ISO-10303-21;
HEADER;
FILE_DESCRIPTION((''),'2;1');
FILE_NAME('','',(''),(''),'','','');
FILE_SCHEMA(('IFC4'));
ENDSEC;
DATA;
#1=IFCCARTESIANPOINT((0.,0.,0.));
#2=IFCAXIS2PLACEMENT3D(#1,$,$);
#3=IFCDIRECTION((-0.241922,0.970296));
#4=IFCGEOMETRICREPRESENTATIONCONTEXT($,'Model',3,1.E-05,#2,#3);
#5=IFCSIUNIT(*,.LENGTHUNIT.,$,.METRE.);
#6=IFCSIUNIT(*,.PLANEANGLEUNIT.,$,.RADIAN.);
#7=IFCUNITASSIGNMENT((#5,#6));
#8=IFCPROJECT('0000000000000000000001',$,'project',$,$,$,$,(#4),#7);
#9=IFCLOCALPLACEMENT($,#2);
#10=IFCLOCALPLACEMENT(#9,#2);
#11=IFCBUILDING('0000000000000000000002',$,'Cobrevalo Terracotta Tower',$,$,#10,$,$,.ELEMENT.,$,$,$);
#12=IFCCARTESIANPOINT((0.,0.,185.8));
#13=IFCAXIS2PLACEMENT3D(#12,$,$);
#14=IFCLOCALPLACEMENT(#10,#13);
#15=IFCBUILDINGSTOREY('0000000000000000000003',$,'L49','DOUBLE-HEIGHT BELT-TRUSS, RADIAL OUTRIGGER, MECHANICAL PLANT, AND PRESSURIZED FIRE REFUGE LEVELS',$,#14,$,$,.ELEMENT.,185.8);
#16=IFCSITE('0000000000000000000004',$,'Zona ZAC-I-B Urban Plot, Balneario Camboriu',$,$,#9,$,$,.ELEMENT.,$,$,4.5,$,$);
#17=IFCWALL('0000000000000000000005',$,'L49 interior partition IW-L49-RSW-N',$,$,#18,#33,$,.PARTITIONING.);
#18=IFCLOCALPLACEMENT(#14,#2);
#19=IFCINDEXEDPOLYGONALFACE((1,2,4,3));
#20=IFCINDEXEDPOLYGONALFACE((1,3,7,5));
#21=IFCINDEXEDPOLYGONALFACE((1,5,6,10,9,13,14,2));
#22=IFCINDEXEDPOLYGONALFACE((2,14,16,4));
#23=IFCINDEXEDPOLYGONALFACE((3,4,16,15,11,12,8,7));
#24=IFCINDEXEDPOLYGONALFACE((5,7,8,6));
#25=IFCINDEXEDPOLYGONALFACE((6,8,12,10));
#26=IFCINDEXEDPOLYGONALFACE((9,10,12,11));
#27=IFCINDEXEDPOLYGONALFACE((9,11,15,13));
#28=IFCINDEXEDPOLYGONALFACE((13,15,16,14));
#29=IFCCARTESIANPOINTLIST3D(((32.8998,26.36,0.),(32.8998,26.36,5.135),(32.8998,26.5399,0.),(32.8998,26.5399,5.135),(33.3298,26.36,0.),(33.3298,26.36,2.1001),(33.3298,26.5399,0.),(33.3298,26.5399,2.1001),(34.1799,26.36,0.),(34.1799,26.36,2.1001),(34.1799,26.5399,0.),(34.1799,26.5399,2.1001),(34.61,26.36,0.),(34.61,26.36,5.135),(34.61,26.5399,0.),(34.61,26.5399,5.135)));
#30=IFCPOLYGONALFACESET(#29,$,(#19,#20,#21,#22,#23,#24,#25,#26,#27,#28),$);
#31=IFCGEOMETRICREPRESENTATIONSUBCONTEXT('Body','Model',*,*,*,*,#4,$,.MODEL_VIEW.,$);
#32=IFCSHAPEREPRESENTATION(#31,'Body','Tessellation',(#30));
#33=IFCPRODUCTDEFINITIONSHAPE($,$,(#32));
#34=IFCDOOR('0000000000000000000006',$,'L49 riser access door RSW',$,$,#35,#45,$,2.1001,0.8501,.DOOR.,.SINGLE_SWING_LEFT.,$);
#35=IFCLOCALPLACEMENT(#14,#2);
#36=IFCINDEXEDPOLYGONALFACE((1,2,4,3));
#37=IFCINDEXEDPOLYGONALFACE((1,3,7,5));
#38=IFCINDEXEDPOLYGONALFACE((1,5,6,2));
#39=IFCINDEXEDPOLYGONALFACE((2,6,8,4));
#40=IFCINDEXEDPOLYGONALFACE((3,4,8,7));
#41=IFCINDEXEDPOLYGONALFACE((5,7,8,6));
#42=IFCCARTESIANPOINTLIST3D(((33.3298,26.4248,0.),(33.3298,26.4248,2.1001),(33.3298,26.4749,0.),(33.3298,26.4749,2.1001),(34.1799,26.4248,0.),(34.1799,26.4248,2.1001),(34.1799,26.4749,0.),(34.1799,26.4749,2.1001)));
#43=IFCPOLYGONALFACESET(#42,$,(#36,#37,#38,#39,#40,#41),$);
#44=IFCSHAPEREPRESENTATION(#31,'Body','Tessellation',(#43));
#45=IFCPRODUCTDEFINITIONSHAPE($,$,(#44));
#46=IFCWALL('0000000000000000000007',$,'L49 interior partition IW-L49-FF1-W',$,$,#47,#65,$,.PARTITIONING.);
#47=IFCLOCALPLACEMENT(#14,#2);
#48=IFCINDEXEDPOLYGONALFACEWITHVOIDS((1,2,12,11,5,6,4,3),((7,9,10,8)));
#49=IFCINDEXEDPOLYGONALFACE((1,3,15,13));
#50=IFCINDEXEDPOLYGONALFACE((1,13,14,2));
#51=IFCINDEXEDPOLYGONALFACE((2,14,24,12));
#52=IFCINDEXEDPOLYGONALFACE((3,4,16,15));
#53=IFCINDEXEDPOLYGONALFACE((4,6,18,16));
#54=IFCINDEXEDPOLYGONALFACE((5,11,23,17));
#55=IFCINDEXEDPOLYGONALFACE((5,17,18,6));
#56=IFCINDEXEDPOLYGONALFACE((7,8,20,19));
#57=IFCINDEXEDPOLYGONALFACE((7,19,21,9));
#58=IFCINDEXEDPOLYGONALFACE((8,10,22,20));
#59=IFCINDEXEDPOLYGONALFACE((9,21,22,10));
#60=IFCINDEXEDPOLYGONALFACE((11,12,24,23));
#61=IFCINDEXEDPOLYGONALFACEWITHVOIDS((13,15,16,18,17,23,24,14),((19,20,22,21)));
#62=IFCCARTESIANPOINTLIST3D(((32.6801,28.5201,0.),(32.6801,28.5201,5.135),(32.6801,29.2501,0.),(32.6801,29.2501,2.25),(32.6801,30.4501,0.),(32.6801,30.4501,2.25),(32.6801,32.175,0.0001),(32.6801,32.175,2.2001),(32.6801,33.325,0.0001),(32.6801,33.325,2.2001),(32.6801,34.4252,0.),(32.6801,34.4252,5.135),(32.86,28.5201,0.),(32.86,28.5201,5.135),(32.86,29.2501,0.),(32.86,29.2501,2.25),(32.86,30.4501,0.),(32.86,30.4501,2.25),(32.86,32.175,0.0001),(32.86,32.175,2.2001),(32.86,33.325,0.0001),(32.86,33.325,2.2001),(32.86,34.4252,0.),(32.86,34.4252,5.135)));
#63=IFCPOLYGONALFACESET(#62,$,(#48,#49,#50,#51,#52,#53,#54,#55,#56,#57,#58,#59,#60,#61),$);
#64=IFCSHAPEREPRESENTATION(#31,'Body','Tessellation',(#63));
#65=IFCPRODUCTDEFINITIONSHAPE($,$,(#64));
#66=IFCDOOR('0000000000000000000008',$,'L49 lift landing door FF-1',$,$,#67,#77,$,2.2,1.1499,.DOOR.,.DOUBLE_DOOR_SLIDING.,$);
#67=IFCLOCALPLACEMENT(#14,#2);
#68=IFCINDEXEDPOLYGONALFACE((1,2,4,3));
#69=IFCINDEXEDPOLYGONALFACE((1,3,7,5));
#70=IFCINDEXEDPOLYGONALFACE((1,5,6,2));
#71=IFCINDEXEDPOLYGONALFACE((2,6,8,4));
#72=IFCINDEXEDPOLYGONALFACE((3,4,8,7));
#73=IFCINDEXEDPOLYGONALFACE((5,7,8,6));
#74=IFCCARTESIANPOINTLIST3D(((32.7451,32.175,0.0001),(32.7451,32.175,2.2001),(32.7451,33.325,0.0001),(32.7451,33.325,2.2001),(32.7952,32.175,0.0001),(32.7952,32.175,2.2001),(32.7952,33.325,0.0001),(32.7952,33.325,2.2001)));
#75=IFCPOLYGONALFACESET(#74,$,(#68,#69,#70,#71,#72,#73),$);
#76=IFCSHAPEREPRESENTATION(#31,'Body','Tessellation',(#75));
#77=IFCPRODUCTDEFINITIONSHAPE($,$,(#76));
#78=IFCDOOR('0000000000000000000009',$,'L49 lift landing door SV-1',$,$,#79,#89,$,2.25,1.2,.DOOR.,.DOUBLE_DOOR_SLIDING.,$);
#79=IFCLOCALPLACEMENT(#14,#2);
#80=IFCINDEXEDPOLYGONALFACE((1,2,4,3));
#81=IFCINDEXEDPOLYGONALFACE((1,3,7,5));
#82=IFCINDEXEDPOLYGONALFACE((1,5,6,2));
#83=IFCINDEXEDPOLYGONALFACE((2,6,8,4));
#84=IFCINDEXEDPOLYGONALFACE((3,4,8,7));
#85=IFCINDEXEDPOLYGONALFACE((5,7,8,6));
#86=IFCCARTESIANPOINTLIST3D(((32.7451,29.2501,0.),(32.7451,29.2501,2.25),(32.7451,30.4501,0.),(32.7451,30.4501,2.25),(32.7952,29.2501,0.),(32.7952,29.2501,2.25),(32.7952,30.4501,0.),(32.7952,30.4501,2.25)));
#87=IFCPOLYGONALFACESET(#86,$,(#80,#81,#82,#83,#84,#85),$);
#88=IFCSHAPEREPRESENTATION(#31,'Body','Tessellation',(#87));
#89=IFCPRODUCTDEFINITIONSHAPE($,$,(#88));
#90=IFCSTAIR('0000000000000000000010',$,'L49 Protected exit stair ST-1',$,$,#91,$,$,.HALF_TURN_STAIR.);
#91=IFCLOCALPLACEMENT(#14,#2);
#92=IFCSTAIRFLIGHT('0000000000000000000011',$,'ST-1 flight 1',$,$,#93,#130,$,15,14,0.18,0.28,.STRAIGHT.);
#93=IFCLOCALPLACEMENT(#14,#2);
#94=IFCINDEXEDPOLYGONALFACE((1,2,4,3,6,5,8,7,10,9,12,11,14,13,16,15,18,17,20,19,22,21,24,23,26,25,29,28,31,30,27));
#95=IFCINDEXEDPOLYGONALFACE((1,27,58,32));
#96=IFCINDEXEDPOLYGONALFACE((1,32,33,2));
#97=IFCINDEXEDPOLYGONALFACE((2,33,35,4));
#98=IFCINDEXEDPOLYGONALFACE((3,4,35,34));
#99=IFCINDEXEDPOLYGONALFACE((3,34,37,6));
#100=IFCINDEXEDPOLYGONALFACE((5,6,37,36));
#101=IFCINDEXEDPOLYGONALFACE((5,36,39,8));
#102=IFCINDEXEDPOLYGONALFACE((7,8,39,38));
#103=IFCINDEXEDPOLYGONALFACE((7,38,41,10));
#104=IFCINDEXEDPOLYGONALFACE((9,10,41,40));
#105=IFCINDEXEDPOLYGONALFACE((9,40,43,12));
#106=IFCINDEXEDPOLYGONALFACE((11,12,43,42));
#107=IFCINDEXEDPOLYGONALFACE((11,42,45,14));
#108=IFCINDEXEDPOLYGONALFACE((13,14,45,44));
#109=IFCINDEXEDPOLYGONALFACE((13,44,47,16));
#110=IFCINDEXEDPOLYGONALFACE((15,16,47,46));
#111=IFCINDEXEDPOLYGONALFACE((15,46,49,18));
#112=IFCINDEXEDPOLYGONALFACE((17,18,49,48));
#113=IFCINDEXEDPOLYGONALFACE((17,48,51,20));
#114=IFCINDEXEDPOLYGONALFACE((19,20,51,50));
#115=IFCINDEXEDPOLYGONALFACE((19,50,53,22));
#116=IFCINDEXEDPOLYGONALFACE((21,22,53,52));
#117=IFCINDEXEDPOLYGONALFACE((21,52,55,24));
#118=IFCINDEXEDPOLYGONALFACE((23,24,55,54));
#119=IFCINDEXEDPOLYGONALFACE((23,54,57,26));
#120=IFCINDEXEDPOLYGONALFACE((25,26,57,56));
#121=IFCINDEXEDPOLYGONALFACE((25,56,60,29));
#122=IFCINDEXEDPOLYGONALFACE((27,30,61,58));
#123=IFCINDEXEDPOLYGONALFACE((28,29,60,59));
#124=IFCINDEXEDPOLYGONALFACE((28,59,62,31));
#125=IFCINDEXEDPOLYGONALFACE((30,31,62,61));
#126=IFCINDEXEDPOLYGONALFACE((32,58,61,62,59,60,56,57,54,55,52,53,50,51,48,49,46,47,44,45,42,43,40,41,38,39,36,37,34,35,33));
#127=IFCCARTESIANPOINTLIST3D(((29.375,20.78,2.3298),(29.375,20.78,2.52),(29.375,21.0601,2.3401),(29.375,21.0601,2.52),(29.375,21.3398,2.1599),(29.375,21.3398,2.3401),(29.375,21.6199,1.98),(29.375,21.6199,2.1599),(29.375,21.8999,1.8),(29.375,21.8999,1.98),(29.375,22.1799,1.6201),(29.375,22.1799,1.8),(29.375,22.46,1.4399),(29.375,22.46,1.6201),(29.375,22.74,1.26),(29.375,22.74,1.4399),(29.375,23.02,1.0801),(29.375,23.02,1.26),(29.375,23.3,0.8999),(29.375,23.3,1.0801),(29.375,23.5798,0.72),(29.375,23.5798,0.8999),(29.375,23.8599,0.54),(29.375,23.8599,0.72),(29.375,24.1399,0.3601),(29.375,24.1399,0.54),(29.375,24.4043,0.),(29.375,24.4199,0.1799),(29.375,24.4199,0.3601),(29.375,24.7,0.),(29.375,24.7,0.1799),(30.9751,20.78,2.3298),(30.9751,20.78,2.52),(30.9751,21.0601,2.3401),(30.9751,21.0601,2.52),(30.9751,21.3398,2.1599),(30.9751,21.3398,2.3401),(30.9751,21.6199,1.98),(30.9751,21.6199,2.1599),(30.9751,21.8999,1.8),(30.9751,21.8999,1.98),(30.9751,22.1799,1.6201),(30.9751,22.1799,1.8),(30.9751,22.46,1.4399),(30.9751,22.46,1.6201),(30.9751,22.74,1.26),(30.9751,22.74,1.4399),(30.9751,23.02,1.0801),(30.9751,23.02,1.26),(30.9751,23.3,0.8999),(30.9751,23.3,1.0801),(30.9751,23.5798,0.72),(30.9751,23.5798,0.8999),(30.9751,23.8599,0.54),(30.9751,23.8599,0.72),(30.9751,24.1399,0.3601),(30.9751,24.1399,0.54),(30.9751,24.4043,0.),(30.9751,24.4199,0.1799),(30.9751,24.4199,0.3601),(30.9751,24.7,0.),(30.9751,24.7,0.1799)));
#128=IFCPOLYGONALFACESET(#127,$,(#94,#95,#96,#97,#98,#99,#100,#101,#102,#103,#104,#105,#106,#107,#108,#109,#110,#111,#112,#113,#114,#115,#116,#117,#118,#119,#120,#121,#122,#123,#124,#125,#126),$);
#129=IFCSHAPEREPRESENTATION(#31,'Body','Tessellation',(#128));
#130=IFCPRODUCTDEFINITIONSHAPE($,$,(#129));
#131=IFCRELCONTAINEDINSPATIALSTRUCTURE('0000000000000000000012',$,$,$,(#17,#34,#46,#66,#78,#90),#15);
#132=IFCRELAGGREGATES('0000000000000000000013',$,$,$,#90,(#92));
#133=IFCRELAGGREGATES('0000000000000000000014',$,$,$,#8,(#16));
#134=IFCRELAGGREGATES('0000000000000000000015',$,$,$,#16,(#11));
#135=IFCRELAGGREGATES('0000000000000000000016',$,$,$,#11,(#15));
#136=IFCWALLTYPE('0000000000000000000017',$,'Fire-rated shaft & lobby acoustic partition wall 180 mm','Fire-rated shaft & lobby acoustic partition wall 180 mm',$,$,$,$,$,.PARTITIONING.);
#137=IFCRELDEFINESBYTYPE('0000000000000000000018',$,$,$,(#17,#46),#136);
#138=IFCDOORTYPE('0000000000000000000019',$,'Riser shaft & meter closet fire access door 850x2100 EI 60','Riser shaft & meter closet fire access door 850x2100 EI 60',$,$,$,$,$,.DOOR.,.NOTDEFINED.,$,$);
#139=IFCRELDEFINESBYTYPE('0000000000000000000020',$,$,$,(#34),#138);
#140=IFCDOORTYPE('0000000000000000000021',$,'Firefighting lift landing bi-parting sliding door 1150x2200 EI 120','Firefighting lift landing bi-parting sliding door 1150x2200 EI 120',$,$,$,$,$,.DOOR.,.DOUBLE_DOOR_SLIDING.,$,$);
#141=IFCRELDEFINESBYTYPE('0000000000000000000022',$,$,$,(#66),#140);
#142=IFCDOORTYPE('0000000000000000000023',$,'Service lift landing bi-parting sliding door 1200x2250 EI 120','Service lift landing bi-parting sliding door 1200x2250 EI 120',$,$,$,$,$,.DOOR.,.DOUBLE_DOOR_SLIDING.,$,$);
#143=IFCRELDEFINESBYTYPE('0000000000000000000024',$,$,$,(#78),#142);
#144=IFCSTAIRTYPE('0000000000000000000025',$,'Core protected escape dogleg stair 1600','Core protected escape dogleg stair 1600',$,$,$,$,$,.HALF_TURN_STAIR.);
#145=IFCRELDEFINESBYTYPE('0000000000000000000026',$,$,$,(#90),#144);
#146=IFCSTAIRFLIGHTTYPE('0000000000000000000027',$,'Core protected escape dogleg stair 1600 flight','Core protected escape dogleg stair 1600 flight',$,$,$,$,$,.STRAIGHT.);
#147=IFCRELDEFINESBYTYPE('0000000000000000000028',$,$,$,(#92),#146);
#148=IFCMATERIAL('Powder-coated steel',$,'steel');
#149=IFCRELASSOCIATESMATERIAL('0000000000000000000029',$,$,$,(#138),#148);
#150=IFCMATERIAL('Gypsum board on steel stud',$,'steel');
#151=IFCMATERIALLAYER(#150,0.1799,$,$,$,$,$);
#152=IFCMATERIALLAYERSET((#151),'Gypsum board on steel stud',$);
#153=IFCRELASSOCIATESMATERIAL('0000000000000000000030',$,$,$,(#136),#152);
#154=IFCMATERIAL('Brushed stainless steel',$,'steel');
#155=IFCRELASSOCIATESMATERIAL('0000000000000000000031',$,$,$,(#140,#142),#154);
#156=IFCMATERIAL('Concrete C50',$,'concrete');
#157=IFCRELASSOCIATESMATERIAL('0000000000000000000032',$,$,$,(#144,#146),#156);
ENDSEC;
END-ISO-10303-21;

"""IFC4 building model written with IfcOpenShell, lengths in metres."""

from ifc_helpers import new_model, si_unit, direction, frame, frame_2d, origin, place, context, subcontext, project, spatial, polyline, rectangle, outline, extrude, source, transform, mapped, material, layer, layer_set, type_object, element, fill, aggregate, save


model = new_model("IFC4")

# Units and contexts
model_context = context("Model", 3, precision=1e-05, world=origin(), true_north=direction((-0.241922, 0.970296)))
body_context = subcontext(model_context, "Body", "Model", "MODEL_VIEW")
ifc_project = project(units=[si_unit("LENGTHUNIT", "METRE"), si_unit("PLANEANGLEUNIT", "RADIAN")], contexts=[model_context])

# Site, building, storey
site_placement = place(None, origin())
site = spatial("IfcSite", under=ifc_project, at=site_placement, Name="Zona ZAC-I-B Urban Plot, Balneario Camboriu", CompositionType="ELEMENT", RefElevation=4.5)
building_placement = place(site_placement, origin())
building = spatial("IfcBuilding", under=site, at=building_placement, Name="Cobrevalo Terracotta Tower", CompositionType="ELEMENT")
storey_placement = place(building_placement, frame((0.0, 0.0, 185.8)))
storey = spatial("IfcBuildingStorey", under=building, at=storey_placement, Name="L49", Description="DOUBLE-HEIGHT BELT-TRUSS, RADIAL OUTRIGGER, MECHANICAL PLANT, AND PRESSURIZED FIRE REFUGE LEVELS", CompositionType="ELEMENT", Elevation=185.8)

# Shared definitions
ifc_material_1 = material(Name="Gypsum board on steel stud", Category="steel")

# Shared definitions
ifc_material_2 = material(Name="Powder-coated steel", Category="steel")
door_type_1 = type_object("IfcDoorType", Name="Riser shaft & meter closet fire access door 850x2100 EI 60", Description="Riser shaft & meter closet fire access door 850x2100 EI 60", OperationType="NOTDEFINED", PredefinedType="DOOR", material=ifc_material_2)
shared_shape_1 = source(origin(), body_context, "Body", "SweptSolid", [
    extrude(rectangle(XDim=0.8501, YDim=2.1001, at=frame_2d((0.425, 1.05))), frame((0.0, 0.0249, 0.0), z_axis=(0.0, -1.0, 0.0), x_axis=(1.0, 0.0, 0.0)), (0.0, 0.0, 1.0), 0.05),
])

# Shared definitions
ifc_material_3 = material(Name="Brushed stainless steel", Category="steel")

# Wall, opening, door
ifc_layer_1 = layer(ifc_material_1, 0.1799)
ifc_layer_set_1 = layer_set([ifc_layer_1], Name="Gypsum board on steel stud")
wall_type_1 = type_object("IfcWallType", Name="Fire-rated shaft & lobby acoustic partition wall 180 mm", Description="Fire-rated shaft & lobby acoustic partition wall 180 mm", PredefinedType="PARTITIONING", material=ifc_layer_set_1)
wall_1_placement = place(storey_placement, frame((32.8999, 26.45, 0.0), z_axis=(0.0, 0.0, 1.0), x_axis=(1.0, 0.0, 0.0)))
wall_1 = element("IfcWall", 1, at=wall_1_placement, inside=storey, type_object=wall_type_1, Name="L49 interior partition IW-L49-RSW-N", PredefinedType="PARTITIONING", context=body_context, shape_type="SweptSolid", body=[
    extrude(rectangle(XDim=1.7102, YDim=0.1799, at=frame_2d((0.855, 0.0))), origin(), (0.0, 0.0, 1.0), 5.135),
])
opening_1_placement = place(wall_1_placement, frame((0.4299, 0.0, 0.0)))
opening_1 = element("IfcOpeningElement", 2, at=opening_1_placement, cuts=wall_1, PredefinedType="OPENING", context=body_context, shape_type="SweptSolid", body=[
    extrude(rectangle(XDim=0.8501, YDim=2.1001, at=frame_2d((0.425, 1.05))), frame((0.0, 0.1001, 0.0), z_axis=(0.0, -1.0, 0.0), x_axis=(1.0, 0.0, 0.0)), (0.0, 0.0, 1.0), 0.2),
])
door_1_placement = place(opening_1_placement, origin())
door_1 = element("IfcDoor", 3, at=door_1_placement, inside=storey, type_object=door_type_1, Name="L49 riser access door RSW", OperationType="SINGLE_SWING_LEFT", OverallHeight=2.1001, OverallWidth=0.8501, PredefinedType="DOOR", context=body_context, shape_type="MappedRepresentation", body=[
    mapped(shared_shape_1, transform((0.0, 0.0, 0.0), scale=1.0)),
])
fill(opening_1, door_1)

# Wall, openings, doors
wall_2_placement = place(storey_placement, frame((32.77, 28.52, 0.0), z_axis=(0.0, 0.0, 1.0), x_axis=(0.0, 1.0, 0.0)))
wall_2 = element("IfcWall", 4, at=wall_2_placement, inside=storey, type_object=wall_type_1, Name="L49 interior partition IW-L49-FF1-W", PredefinedType="PARTITIONING", context=body_context, shape_type="SweptSolid", body=[
    extrude(rectangle(XDim=5.905, YDim=0.1799, at=frame_2d((2.9526, 0.0))), origin(), (0.0, 0.0, 1.0), 5.135),
])
opening_2_placement = place(wall_2_placement, frame((3.655, 0.0, 0.0)))
opening_2 = element("IfcOpeningElement", 5, at=opening_2_placement, cuts=wall_2, PredefinedType="OPENING", context=body_context, shape_type="SweptSolid", body=[
    extrude(rectangle(XDim=1.1499, YDim=2.2, at=frame_2d((0.575, 1.1001))), frame((0.0, 0.1001, 0.0), z_axis=(0.0, -1.0, 0.0), x_axis=(1.0, 0.0, 0.0)), (0.0, 0.0, 1.0), 0.2),
])
opening_3_placement = place(wall_2_placement, frame((0.73, 0.0, 0.0)))
opening_3 = element("IfcOpeningElement", 6, at=opening_3_placement, cuts=wall_2, PredefinedType="OPENING", context=body_context, shape_type="SweptSolid", body=[
    extrude(rectangle(XDim=1.2, YDim=2.25, at=frame_2d((0.6001, 1.125))), frame((0.0, 0.1001, 0.0), z_axis=(0.0, -1.0, 0.0), x_axis=(1.0, 0.0, 0.0)), (0.0, 0.0, 1.0), 0.2),
])
door_type_2 = type_object("IfcDoorType", Name="Firefighting lift landing bi-parting sliding door 1150x2200 EI 120", Description="Firefighting lift landing bi-parting sliding door 1150x2200 EI 120", OperationType="DOUBLE_DOOR_SLIDING", PredefinedType="DOOR", material=ifc_material_3)
shared_shape_2 = source(origin(), body_context, "Body", "SweptSolid", [
    extrude(rectangle(XDim=1.1499, YDim=2.2, at=frame_2d((0.575, 1.1001))), frame((0.0, 0.0249, 0.0), z_axis=(0.0, -1.0, 0.0), x_axis=(1.0, 0.0, 0.0)), (0.0, 0.0, 1.0), 0.05),
])
door_2_placement = place(opening_2_placement, origin())
door_2 = element("IfcDoor", 7, at=door_2_placement, inside=storey, type_object=door_type_2, Name="L49 lift landing door FF-1", OperationType="DOUBLE_DOOR_SLIDING", OverallHeight=2.2, OverallWidth=1.1499, PredefinedType="DOOR", context=body_context, shape_type="MappedRepresentation", body=[
    mapped(shared_shape_2, transform((0.0, 0.0, 0.0), scale=1.0)),
])
fill(opening_2, door_2)
door_type_3 = type_object("IfcDoorType", Name="Service lift landing bi-parting sliding door 1200x2250 EI 120", Description="Service lift landing bi-parting sliding door 1200x2250 EI 120", OperationType="DOUBLE_DOOR_SLIDING", PredefinedType="DOOR", material=ifc_material_3)
shared_shape_3 = source(origin(), body_context, "Body", "SweptSolid", [
    extrude(rectangle(XDim=1.2, YDim=2.25, at=frame_2d((0.6001, 1.125))), frame((0.0, 0.0249, 0.0), z_axis=(0.0, -1.0, 0.0), x_axis=(1.0, 0.0, 0.0)), (0.0, 0.0, 1.0), 0.05),
])
door_3_placement = place(opening_3_placement, origin())
door_3 = element("IfcDoor", 8, at=door_3_placement, inside=storey, type_object=door_type_3, Name="L49 lift landing door SV-1", OperationType="DOUBLE_DOOR_SLIDING", OverallHeight=2.25, OverallWidth=1.2, PredefinedType="DOOR", context=body_context, shape_type="MappedRepresentation", body=[
    mapped(shared_shape_3, transform((0.0, 0.0, 0.0), scale=1.0)),
])
fill(opening_3, door_3)

# Shared definitions
ifc_material_4 = material(Name="Concrete C50", Category="concrete")

# Stair, stair flight
stair_type = type_object("IfcStairType", Name="Core protected escape dogleg stair 1600", Description="Core protected escape dogleg stair 1600", PredefinedType="HALF_TURN_STAIR", material=ifc_material_4)
stair_placement = place(storey_placement, origin())
stair = element("IfcStair", 9, at=stair_placement, inside=storey, type_object=stair_type, Name="L49 Protected exit stair ST-1", PredefinedType="HALF_TURN_STAIR")
stair_flight_type = type_object("IfcStairFlightType", Name="Core protected escape dogleg stair 1600 flight", Description="Core protected escape dogleg stair 1600 flight", PredefinedType="STRAIGHT", material=ifc_material_4)
stair_flight_placement = place(storey_placement, frame((30.175, 24.7, 0.0), z_axis=(0.0, 0.0, 1.0), x_axis=(0.0, -1.0, 0.0)))
stair_flight = element("IfcStairFlight", 10, at=stair_flight_placement, type_object=stair_flight_type, Name="ST-1 flight 1", NumberOfRisers=15, NumberOfTreads=14, PredefinedType="STRAIGHT", RiserHeight=0.18, TreadLength=0.28, context=body_context, shape_type="SweptSolid", body=[
    extrude(outline(polyline([(0.0, 0.0), (0.0, 0.1799), (0.28, 0.1799), (0.28, 0.3601), (0.5601, 0.3601), (0.5601, 0.54), (0.8401, 0.54), (0.8401, 0.72), (1.1201, 0.72), (1.1201, 0.8999), (1.3999, 0.8999), (1.3999, 1.0801), (1.6799, 1.0801), (1.6799, 1.26), (1.96, 1.26), (1.96, 1.4399), (2.24, 1.4399), (2.24, 1.6201), (2.52, 1.6201), (2.52, 1.8), (2.8, 1.8), (2.8, 1.98), (3.0801, 1.98), (3.0801, 2.1599), (3.3601, 2.1599), (3.3601, 2.3401), (3.6399, 2.3401), (3.6399, 2.52), (3.9199, 2.52), (3.9199, 2.7), (3.9199, 2.3298), (0.2957, 0.0), (0.0, 0.0)])), frame((0.0, 0.8, 0.0), z_axis=(0.0, -1.0, 0.0), x_axis=(1.0, 0.0, 0.0)), (0.0, 0.0, 1.0), 1.6001),
])
aggregate(stair, [stair_flight])

save(model, "model.ifc")
